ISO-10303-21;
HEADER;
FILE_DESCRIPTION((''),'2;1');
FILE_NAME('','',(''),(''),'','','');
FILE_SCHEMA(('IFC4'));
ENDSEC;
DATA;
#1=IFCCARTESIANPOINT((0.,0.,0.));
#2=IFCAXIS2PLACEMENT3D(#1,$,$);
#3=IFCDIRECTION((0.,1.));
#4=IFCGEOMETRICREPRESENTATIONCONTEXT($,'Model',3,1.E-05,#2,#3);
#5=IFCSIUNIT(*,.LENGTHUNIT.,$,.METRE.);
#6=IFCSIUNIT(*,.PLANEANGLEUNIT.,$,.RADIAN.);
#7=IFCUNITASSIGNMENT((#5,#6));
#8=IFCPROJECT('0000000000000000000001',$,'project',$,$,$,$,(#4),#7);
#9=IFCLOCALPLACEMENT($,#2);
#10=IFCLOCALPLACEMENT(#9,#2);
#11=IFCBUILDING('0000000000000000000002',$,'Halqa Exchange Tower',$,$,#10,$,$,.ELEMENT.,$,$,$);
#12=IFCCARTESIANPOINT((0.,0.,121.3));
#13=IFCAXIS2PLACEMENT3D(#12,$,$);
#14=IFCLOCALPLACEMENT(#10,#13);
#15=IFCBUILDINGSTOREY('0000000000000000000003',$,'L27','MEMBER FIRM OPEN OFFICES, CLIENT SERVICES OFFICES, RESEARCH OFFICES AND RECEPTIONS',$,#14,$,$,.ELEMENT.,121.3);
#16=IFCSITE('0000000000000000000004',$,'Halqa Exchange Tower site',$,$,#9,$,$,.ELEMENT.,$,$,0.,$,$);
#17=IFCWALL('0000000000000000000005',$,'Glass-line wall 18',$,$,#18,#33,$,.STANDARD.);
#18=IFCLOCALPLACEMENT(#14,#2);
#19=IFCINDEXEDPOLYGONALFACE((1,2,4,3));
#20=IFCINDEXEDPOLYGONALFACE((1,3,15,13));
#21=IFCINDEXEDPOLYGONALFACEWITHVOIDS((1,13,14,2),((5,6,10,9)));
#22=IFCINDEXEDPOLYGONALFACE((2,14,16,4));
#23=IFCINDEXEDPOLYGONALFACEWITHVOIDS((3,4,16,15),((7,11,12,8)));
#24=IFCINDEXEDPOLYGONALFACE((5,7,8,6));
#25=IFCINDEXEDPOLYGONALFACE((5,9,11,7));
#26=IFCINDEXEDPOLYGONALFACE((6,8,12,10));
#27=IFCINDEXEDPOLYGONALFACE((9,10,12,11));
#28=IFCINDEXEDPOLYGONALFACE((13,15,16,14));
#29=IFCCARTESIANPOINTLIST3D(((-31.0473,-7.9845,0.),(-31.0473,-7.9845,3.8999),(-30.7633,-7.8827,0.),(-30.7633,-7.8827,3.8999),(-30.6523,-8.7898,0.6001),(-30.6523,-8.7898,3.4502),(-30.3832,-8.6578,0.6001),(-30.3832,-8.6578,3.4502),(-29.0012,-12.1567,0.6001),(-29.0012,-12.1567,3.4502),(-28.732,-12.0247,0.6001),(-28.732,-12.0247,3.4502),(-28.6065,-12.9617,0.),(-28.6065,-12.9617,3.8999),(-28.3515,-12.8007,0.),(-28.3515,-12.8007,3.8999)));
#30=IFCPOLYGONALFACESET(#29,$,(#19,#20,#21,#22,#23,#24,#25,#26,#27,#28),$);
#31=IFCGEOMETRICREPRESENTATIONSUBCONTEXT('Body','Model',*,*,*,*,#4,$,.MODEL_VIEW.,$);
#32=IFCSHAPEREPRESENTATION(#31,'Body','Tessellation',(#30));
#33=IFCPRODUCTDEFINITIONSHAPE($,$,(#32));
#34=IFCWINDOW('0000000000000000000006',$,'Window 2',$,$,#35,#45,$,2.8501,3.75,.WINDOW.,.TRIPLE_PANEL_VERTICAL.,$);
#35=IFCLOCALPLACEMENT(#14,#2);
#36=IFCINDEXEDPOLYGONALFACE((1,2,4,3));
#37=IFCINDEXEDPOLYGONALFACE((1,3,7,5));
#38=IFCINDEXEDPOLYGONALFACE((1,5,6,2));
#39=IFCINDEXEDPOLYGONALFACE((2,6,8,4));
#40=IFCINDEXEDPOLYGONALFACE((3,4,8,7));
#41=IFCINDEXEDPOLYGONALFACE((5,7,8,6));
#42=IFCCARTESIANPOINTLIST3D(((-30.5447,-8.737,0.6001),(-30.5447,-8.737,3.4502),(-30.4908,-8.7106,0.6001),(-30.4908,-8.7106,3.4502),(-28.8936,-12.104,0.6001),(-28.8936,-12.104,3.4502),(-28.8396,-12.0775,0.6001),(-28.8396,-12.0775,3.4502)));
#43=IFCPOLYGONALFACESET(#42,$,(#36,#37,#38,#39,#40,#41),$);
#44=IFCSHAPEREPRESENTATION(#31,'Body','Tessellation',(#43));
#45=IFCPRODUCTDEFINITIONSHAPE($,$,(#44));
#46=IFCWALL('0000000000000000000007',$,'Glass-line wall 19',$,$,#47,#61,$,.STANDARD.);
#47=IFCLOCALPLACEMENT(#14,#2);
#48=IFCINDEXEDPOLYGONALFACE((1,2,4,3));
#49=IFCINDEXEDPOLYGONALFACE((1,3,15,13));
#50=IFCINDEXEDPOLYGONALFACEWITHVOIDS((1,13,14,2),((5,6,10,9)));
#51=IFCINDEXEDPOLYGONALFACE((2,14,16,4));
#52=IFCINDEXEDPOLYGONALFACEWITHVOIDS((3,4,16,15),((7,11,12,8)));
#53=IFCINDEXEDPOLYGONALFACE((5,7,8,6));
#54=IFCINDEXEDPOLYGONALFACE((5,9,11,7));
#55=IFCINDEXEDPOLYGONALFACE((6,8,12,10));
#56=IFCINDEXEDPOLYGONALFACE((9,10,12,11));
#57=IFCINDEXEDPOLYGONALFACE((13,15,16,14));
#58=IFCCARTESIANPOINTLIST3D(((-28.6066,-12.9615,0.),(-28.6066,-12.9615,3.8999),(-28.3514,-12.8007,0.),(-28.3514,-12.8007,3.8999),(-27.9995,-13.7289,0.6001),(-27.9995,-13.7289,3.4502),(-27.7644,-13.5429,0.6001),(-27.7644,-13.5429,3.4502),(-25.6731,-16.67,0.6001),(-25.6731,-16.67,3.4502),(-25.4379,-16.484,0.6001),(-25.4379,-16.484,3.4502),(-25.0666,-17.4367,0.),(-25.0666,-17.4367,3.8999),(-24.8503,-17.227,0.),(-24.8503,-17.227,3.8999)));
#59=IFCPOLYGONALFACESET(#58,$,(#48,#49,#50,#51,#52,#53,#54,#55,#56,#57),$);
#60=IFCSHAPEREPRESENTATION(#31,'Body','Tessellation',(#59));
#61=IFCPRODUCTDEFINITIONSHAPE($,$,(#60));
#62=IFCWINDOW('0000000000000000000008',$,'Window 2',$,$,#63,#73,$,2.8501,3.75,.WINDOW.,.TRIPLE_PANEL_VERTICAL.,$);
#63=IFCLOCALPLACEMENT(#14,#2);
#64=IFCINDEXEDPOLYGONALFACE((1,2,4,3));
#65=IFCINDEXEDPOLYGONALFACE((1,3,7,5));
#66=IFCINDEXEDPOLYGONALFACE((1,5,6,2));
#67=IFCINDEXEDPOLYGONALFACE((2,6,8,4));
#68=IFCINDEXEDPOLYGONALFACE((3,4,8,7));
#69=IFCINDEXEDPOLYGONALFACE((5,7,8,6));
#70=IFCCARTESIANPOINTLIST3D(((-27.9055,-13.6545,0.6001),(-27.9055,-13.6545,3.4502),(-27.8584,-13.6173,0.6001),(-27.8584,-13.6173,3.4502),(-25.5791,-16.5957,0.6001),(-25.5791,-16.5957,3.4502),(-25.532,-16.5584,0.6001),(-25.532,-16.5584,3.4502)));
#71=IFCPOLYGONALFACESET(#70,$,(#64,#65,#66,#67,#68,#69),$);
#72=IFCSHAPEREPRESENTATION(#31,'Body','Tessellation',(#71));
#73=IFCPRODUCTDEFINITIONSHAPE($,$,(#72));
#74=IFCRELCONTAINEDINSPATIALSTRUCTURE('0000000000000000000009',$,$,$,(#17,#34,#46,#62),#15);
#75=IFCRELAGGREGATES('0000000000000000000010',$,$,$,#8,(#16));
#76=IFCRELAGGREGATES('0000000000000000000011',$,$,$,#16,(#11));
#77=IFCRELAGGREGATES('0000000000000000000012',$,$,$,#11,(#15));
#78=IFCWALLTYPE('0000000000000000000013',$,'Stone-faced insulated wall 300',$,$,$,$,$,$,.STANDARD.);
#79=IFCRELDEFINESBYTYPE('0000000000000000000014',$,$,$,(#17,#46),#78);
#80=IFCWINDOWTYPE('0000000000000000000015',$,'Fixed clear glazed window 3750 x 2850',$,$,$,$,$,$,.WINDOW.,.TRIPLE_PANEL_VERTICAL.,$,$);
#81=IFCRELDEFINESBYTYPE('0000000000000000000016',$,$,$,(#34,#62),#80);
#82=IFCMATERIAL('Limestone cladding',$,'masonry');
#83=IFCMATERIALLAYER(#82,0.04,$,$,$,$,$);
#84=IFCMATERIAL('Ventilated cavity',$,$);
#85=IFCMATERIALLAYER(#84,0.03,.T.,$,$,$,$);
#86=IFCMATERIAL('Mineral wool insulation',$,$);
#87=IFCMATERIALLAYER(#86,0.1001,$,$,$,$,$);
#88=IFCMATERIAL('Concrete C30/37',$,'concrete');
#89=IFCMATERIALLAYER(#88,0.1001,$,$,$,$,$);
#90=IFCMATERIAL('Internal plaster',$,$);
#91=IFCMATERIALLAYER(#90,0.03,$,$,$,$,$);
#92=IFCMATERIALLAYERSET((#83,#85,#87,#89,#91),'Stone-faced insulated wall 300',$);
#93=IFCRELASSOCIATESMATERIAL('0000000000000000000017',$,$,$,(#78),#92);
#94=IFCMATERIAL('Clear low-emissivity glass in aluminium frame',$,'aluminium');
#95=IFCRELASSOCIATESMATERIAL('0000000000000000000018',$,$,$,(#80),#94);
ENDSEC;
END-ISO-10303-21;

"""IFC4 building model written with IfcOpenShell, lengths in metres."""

from ifc_helpers import new_model, si_unit, direction, frame, frame_2d, origin, place, context, subcontext, project, spatial, polyline, rectangle, outline, extrude, material, layer, layer_set, type_object, element, fill, save


model = new_model("IFC4")

# Units and contexts
model_context = context("Model", 3, precision=1e-05, world=origin(), true_north=direction((0.0, 1.0)))
body_context = subcontext(model_context, "Body", "Model", "MODEL_VIEW")
ifc_project = project(units=[si_unit("LENGTHUNIT", "METRE"), si_unit("PLANEANGLEUNIT", "RADIAN")], contexts=[model_context])

# Site, building, storey
site_placement = place(None, origin())
site = spatial("IfcSite", under=ifc_project, at=site_placement, Name="Halqa Exchange Tower site", CompositionType="ELEMENT", RefElevation=0.0)
building_placement = place(site_placement, origin())
building = spatial("IfcBuilding", under=site, at=building_placement, Name="Halqa Exchange Tower", CompositionType="ELEMENT")
storey_placement = place(building_placement, frame((0.0, 0.0, 121.3)))
storey = spatial("IfcBuildingStorey", under=building, at=storey_placement, Name="L27", Description="MEMBER FIRM OPEN OFFICES, CLIENT SERVICES OFFICES, RESEARCH OFFICES AND RECEPTIONS", CompositionType="ELEMENT", Elevation=121.3)

# Walls, openings, windows
ifc_material_1 = material(Name="Limestone cladding", Category="masonry")
ifc_layer_1 = layer(ifc_material_1, 0.04)
ifc_material_2 = material(Name="Ventilated cavity")
ifc_layer_2 = layer(ifc_material_2, 0.03, ventilated=True)
ifc_material_3 = material(Name="Mineral wool insulation")
ifc_layer_3 = layer(ifc_material_3, 0.1001)
ifc_material_4 = material(Name="Concrete C30/37", Category="concrete")
ifc_layer_4 = layer(ifc_material_4, 0.1001)
ifc_material_5 = material(Name="Internal plaster")
ifc_layer_5 = layer(ifc_material_5, 0.03)
ifc_layer_set_1 = layer_set([ifc_layer_1, ifc_layer_2, ifc_layer_3, ifc_layer_4, ifc_layer_5], Name="Stone-faced insulated wall 300")
wall_type_1 = type_object("IfcWallType", Name="Stone-faced insulated wall 300", PredefinedType="STANDARD", material=ifc_layer_set_1)
ifc_material_6 = material(Name="Clear low-emissivity glass in aluminium frame", Category="aluminium")
window_type = type_object("IfcWindowType", Name="Fixed clear glazed window 3750 x 2850", PartitioningType="TRIPLE_PANEL_VERTICAL", PredefinedType="WINDOW", material=ifc_material_6)
wall_1_placement = place(storey_placement, frame((-30.9053, -7.9336, 0.0), z_axis=(0.0, 0.0, 1.0), x_axis=(0.440306, -0.897848, 0.0)))
wall_1 = element("IfcWall", 1, at=wall_1_placement, inside=storey, type_object=wall_type_1, Name="Glass-line wall 18", PredefinedType="STANDARD", context=body_context, shape_type="SweptSolid", body=[
    extrude(outline(polyline([(-0.0168, -0.1499), (5.5266, -0.1499), (5.4944, 0.1499), (0.0168, 0.1499), (-0.0168, -0.1499)])), origin(), (0.0, 0.0, 1.0), 3.8999),
])
opening_1_placement = place(wall_1_placement, frame((0.8801, 0.0, 0.6001)))
opening_1 = element("IfcOpeningElement", 2, at=opening_1_placement, cuts=wall_1, PredefinedType="OPENING", context=body_context, shape_type="SweptSolid", body=[
    extrude(rectangle(XDim=3.75, YDim=2.8501, at=frame_2d((1.875, 1.425))), frame((0.0, 0.1621, 0.0), z_axis=(0.0, -1.0, 0.0), x_axis=(1.0, 0.0, 0.0)), (0.0, 0.0, 1.0), 0.324),
])
window_1_placement = place(opening_1_placement, origin())
window_1 = element("IfcWindow", 3, at=window_1_placement, inside=storey, type_object=window_type, Name="Window 2", OverallHeight=2.8501, OverallWidth=3.75, PartitioningType="TRIPLE_PANEL_VERTICAL", PredefinedType="WINDOW", context=body_context, shape_type="SweptSolid", body=[
    extrude(rectangle(XDim=3.75, YDim=2.8501, at=frame_2d((1.875, 1.425))), frame((0.0, 0.03, 0.0), z_axis=(0.0, -1.0, 0.0), x_axis=(1.0, 0.0, 0.0)), (0.0, 0.0, 1.0), 0.0601),
])
fill(opening_1, window_1)
wall_2_placement = place(storey_placement, frame((-28.479, -12.8811, 0.0), z_axis=(0.0, 0.0, 1.0), x_axis=(0.620383, -0.784299, 0.0)))
wall_2 = element("IfcWall", 4, at=wall_2_placement, inside=storey, type_object=wall_type_1, Name="Glass-line wall 19", PredefinedType="STANDARD", context=body_context, shape_type="SweptSolid", body=[
    extrude(outline(polyline([(-0.0161, -0.1499), (5.6899, -0.1499), (5.6597, 0.1499), (0.0161, 0.1499), (-0.0161, -0.1499)])), origin(), (0.0, 0.0, 1.0), 3.8999),
])
opening_2_placement = place(wall_2_placement, frame((0.9624, 0.0, 0.6001)))
opening_2 = element("IfcOpeningElement", 5, at=opening_2_placement, cuts=wall_2, PredefinedType="OPENING", context=body_context, shape_type="SweptSolid", body=[
    extrude(rectangle(XDim=3.75, YDim=2.8501, at=frame_2d((1.875, 1.425))), frame((0.0, 0.1621, 0.0), z_axis=(0.0, -1.0, 0.0), x_axis=(1.0, 0.0, 0.0)), (0.0, 0.0, 1.0), 0.324),
])
window_2_placement = place(opening_2_placement, origin())
window_2 = element("IfcWindow", 6, at=window_2_placement, inside=storey, type_object=window_type, Name="Window 2", OverallHeight=2.8501, OverallWidth=3.75, PartitioningType="TRIPLE_PANEL_VERTICAL", PredefinedType="WINDOW", context=body_context, shape_type="SweptSolid", body=[
    extrude(rectangle(XDim=3.75, YDim=2.8501, at=frame_2d((1.875, 1.425))), frame((0.0, 0.03, 0.0), z_axis=(0.0, -1.0, 0.0), x_axis=(1.0, 0.0, 0.0)), (0.0, 0.0, 1.0), 0.0601),
])
fill(opening_2, window_2)

save(model, "model.ifc")
